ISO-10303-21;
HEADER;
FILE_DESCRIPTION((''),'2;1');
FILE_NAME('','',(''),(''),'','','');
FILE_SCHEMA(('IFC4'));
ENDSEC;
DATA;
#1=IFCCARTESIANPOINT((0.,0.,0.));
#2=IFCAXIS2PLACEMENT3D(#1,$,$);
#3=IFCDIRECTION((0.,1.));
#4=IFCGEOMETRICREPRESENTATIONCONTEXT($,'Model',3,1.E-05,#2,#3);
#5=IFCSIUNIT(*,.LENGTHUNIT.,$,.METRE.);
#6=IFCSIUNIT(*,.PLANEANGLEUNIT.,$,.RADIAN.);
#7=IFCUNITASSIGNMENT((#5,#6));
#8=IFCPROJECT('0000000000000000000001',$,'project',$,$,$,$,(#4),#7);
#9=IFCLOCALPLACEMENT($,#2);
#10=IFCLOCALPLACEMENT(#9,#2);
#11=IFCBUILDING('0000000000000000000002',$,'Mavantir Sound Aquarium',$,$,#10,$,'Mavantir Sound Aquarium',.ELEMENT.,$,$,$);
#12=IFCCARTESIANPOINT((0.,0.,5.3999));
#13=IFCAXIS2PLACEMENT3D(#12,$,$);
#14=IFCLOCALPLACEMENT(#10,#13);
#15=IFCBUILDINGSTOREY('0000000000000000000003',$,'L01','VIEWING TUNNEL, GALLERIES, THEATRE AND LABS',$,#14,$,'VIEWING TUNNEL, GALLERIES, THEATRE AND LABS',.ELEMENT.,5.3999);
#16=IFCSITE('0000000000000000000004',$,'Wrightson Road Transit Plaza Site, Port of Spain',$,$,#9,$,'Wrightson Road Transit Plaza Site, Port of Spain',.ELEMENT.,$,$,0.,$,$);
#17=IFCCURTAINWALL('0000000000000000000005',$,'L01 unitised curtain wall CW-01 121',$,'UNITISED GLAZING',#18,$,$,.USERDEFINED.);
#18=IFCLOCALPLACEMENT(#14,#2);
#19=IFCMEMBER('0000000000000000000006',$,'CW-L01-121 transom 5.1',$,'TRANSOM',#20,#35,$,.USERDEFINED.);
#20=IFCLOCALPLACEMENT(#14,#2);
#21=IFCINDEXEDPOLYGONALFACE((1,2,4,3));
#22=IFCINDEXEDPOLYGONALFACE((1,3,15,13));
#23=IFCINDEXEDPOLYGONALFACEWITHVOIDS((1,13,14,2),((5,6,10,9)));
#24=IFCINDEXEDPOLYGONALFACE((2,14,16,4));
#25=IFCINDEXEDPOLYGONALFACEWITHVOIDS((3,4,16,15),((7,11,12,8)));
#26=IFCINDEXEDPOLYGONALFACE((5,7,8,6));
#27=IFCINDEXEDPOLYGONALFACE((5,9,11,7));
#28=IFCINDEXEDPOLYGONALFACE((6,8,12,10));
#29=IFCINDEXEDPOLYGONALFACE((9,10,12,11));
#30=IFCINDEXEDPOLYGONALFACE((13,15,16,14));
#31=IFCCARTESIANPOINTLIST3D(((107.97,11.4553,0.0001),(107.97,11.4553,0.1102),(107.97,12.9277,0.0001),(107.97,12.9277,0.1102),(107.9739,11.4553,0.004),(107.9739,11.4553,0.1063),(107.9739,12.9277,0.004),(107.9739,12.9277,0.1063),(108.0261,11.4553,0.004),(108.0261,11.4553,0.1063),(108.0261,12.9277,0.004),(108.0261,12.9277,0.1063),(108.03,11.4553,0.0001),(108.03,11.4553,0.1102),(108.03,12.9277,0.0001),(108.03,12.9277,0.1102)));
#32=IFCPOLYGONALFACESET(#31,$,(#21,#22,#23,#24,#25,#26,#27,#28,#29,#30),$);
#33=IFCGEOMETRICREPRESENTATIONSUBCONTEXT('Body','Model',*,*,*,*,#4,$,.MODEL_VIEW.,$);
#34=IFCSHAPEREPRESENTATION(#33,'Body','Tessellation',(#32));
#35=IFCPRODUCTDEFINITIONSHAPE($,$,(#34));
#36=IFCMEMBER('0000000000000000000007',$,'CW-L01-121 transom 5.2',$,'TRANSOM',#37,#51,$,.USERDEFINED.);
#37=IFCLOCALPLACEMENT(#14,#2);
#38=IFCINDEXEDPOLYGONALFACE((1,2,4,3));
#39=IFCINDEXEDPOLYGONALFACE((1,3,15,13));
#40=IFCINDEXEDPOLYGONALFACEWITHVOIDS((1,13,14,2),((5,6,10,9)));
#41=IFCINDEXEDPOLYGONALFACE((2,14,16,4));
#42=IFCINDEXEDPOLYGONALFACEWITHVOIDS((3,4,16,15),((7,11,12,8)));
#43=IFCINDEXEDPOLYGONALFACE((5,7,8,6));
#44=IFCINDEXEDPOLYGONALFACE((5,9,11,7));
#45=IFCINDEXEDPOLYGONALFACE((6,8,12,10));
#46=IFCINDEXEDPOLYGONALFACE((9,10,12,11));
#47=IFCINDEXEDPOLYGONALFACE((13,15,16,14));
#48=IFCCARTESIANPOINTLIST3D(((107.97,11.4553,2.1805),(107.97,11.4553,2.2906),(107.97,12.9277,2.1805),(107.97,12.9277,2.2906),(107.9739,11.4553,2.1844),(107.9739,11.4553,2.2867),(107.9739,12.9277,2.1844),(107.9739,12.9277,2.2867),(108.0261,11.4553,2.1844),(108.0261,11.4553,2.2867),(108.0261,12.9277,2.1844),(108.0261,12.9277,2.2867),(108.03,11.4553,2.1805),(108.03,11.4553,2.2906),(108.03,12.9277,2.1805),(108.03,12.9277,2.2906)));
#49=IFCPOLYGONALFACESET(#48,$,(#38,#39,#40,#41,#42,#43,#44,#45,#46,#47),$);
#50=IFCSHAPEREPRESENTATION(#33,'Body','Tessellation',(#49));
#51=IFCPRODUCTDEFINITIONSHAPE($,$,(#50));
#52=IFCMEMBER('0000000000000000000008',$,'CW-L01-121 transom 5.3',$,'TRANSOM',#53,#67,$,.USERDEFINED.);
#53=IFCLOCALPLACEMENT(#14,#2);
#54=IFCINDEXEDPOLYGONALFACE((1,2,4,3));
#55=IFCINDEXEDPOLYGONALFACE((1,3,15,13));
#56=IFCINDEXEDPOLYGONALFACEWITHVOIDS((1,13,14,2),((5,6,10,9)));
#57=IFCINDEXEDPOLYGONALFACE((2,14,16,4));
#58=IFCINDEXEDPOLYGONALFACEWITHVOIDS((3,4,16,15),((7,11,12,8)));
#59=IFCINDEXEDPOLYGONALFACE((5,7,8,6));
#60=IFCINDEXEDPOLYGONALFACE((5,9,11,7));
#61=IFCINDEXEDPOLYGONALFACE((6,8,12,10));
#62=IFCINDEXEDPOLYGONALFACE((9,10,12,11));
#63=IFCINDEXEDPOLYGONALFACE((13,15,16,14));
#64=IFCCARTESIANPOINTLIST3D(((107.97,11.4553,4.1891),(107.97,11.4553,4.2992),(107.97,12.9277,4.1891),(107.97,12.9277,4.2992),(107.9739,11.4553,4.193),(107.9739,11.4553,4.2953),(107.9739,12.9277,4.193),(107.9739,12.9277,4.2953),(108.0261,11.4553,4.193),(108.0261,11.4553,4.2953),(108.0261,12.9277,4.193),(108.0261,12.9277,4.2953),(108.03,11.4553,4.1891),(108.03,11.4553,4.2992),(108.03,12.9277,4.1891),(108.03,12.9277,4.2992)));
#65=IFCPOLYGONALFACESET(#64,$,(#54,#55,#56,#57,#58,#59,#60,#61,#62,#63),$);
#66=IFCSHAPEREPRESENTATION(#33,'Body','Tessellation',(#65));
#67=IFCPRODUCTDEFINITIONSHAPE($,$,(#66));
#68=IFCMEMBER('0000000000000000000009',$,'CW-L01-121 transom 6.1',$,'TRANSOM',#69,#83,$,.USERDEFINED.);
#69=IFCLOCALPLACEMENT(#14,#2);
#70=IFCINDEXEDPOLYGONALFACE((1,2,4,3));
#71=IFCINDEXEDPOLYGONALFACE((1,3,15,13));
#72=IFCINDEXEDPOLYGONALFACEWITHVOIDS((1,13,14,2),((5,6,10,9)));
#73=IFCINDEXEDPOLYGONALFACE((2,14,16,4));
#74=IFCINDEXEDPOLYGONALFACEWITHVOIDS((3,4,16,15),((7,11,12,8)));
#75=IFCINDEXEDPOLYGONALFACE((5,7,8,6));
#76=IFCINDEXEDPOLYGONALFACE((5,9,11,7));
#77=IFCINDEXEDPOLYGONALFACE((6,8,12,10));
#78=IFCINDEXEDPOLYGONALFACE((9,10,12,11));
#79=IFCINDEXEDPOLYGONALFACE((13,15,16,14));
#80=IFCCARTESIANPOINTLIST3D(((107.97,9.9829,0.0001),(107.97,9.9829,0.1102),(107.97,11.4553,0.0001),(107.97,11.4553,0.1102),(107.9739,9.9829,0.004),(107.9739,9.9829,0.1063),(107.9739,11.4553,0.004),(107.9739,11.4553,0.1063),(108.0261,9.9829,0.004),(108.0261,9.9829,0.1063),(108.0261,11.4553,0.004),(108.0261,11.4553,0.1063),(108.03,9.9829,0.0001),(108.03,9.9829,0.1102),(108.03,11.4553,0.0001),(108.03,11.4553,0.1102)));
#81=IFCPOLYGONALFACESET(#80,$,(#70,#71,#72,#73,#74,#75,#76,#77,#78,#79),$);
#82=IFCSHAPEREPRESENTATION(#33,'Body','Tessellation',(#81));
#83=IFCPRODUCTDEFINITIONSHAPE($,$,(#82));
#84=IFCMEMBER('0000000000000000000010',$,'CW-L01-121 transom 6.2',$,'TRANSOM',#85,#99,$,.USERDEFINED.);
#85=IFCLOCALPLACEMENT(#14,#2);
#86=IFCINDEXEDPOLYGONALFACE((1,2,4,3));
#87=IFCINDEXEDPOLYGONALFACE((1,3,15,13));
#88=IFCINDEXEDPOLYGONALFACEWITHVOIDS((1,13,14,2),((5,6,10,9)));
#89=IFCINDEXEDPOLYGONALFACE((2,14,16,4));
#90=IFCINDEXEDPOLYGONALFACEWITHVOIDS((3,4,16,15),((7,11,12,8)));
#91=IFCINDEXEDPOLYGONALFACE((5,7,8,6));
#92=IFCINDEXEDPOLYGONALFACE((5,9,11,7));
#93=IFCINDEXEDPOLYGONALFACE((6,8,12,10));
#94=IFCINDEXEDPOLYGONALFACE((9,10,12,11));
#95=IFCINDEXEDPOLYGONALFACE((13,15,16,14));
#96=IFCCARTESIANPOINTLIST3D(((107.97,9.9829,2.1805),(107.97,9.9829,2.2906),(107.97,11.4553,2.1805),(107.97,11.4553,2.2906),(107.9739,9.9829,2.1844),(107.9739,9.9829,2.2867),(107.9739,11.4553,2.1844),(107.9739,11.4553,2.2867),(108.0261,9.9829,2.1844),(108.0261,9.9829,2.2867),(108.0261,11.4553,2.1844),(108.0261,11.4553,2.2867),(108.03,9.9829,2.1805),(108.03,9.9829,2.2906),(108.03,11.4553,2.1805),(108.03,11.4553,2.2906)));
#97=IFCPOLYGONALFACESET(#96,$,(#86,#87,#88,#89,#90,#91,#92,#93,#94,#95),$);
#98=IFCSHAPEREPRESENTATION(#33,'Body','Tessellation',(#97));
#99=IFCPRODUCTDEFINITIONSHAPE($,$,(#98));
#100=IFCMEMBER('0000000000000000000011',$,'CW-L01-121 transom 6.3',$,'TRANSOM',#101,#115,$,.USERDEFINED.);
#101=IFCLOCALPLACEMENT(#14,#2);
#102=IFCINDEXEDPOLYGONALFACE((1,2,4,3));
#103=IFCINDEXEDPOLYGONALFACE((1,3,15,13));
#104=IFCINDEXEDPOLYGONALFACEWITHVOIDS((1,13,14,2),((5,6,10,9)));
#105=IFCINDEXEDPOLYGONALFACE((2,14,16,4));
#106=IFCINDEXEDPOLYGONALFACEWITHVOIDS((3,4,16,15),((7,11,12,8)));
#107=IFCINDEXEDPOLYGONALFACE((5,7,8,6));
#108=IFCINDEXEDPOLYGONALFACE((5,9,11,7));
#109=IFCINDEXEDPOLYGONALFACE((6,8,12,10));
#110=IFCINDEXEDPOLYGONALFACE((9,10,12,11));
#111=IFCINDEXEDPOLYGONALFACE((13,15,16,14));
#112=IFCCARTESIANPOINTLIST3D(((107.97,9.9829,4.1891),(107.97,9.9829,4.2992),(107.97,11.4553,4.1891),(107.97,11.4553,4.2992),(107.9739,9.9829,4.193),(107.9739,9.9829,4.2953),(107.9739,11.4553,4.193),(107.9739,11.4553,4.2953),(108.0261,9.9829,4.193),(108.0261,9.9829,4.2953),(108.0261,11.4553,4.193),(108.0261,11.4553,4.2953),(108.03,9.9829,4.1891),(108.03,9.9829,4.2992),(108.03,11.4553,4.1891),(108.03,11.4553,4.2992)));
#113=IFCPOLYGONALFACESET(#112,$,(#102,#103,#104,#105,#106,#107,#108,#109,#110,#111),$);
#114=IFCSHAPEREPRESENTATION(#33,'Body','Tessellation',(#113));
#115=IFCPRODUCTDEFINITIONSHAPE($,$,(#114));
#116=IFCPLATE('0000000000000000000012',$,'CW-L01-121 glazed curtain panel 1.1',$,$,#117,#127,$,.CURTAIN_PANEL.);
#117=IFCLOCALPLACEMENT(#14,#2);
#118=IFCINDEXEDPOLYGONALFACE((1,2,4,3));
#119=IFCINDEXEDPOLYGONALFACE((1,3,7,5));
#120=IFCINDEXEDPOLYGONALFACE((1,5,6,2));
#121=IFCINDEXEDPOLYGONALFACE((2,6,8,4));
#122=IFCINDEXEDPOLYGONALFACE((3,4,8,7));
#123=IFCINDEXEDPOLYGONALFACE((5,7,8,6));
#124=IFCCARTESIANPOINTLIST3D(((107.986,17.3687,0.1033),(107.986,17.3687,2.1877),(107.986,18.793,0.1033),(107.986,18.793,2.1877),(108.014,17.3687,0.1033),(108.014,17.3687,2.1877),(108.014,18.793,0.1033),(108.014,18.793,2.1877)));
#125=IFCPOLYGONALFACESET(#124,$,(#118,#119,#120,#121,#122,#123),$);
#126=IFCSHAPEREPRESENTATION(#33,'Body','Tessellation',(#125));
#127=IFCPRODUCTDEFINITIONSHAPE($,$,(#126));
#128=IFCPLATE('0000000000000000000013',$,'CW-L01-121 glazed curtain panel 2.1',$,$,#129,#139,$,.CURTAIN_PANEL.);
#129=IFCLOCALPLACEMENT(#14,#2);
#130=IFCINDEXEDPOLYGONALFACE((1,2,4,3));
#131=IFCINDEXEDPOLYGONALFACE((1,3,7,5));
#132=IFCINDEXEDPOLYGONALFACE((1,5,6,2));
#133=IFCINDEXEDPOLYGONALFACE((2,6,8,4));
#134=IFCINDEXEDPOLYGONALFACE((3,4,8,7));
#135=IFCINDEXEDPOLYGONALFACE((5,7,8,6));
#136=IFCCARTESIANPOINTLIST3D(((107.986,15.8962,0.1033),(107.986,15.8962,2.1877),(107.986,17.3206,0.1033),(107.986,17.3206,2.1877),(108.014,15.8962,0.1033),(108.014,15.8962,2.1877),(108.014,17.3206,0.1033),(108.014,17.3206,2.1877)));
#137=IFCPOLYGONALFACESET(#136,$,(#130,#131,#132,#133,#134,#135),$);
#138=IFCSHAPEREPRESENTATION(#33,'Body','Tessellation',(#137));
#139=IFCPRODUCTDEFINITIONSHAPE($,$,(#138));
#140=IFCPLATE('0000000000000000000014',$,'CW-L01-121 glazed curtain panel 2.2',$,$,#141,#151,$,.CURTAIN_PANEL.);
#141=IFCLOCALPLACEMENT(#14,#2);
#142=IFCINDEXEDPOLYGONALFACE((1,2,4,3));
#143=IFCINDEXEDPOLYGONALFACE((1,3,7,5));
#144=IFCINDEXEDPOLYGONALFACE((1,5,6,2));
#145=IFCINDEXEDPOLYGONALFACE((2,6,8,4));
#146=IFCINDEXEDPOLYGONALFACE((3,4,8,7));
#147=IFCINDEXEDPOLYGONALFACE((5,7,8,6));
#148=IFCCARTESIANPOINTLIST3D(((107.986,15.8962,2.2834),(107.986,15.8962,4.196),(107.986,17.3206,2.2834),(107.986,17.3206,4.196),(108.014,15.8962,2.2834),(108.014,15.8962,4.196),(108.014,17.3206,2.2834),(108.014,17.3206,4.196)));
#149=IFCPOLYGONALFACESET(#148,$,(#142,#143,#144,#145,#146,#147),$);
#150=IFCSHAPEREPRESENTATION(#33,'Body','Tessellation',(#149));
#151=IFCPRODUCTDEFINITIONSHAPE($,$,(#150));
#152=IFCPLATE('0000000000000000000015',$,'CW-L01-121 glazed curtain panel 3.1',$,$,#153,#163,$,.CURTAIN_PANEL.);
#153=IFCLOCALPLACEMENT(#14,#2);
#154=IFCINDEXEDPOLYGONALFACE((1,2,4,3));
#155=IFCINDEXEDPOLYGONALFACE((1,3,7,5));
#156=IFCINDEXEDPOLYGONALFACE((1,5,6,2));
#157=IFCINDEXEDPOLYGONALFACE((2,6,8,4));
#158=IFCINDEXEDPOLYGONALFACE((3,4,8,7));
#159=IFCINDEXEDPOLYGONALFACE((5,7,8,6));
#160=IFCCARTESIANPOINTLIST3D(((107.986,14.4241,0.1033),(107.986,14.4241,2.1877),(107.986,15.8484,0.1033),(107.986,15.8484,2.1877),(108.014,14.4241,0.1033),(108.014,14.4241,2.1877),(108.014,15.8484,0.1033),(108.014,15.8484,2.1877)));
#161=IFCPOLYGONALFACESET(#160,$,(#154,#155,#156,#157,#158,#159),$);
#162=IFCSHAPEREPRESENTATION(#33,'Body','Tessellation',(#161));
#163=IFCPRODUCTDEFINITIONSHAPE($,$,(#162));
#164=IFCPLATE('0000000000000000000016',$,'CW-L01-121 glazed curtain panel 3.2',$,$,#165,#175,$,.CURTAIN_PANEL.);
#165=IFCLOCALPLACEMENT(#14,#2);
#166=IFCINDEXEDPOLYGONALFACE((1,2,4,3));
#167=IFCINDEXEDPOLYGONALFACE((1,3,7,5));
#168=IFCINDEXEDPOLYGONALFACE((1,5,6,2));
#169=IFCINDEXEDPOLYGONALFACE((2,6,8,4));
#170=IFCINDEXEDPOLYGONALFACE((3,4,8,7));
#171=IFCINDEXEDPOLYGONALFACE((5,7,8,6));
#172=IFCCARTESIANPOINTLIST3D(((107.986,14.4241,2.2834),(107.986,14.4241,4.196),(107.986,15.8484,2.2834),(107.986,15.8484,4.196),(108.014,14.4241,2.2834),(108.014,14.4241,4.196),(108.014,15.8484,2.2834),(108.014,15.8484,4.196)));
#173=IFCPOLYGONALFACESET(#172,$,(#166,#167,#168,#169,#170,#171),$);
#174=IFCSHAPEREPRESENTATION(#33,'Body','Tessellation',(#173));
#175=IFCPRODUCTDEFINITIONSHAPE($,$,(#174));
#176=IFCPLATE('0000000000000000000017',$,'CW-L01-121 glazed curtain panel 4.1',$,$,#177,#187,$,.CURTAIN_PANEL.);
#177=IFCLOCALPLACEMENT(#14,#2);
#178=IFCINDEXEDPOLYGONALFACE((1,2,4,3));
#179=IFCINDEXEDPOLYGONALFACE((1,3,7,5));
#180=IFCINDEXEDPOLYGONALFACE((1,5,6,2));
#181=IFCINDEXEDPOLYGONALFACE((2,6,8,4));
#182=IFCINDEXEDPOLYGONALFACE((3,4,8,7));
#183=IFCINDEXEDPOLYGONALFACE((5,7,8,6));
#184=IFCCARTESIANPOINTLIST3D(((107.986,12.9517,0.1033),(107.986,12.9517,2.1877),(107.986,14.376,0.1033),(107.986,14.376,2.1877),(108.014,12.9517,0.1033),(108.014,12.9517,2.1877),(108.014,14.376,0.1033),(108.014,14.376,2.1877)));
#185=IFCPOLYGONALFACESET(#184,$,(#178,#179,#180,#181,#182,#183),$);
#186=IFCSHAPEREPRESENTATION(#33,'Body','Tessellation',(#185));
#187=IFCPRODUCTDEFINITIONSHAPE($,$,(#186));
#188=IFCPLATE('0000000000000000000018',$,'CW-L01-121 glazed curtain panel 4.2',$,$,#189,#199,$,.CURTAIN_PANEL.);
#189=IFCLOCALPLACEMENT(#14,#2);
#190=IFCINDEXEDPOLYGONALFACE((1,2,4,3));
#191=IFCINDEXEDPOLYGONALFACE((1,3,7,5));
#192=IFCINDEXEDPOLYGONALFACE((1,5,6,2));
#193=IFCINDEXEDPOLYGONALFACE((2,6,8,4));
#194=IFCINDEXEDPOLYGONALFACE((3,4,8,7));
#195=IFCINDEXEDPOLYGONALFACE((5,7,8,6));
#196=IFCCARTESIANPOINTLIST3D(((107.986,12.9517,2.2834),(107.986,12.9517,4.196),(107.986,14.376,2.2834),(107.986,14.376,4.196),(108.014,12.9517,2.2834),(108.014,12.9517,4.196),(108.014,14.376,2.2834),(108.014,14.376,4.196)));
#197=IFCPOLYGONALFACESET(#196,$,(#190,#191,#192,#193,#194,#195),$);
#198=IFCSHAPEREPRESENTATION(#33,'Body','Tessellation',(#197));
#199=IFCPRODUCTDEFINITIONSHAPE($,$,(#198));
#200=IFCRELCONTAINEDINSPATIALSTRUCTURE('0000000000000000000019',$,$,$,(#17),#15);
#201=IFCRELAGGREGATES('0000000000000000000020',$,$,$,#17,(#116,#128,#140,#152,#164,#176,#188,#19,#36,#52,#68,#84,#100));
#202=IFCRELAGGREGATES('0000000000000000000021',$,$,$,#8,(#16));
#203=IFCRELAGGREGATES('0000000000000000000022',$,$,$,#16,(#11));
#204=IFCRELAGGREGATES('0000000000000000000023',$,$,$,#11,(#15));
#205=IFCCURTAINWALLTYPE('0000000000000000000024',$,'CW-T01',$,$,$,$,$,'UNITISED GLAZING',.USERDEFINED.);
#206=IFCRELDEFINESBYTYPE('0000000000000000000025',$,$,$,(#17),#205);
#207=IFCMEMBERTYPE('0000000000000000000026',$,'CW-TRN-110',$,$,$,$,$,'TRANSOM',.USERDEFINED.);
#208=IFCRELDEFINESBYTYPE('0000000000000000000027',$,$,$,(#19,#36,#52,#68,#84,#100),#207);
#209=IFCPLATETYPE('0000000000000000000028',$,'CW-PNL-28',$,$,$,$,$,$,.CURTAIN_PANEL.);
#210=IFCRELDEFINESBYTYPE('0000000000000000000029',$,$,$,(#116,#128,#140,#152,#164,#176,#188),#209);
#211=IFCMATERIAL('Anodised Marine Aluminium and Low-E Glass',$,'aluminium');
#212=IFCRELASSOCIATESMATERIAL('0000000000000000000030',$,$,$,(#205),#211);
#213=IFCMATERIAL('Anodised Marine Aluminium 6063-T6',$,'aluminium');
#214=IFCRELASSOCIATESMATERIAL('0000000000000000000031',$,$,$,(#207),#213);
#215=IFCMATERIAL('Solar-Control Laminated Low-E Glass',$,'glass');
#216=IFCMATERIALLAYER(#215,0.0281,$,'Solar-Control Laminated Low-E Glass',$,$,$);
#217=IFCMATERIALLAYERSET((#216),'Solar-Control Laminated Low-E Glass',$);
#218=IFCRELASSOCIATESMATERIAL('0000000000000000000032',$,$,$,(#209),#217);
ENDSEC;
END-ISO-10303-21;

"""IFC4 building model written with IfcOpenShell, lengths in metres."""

from ifc_helpers import new_model, si_unit, direction, frame, origin, origin_2d, place, context, subcontext, project, spatial, rectangle, hollow_rectangle, extrude, material, layer, layer_set, material_profile, profile_set, type_object, element, aggregate, save


model = new_model("IFC4")

# Units and contexts
model_context = context("Model", 3, precision=1e-05, world=origin(), true_north=direction((0.0, 1.0)))
body_context = subcontext(model_context, "Body", "Model", "MODEL_VIEW")
ifc_project = project(units=[si_unit("LENGTHUNIT", "METRE"), si_unit("PLANEANGLEUNIT", "RADIAN")], contexts=[model_context])

# Site, building, storey
site_placement = place(None, origin())
site = spatial("IfcSite", under=ifc_project, at=site_placement, Name="Wrightson Road Transit Plaza Site, Port of Spain", LongName="Wrightson Road Transit Plaza Site, Port of Spain", CompositionType="ELEMENT", RefElevation=0.0)
building_placement = place(site_placement, origin())
building = spatial("IfcBuilding", under=site, at=building_placement, Name="Mavantir Sound Aquarium", LongName="Mavantir Sound Aquarium", CompositionType="ELEMENT")
storey_placement = place(building_placement, frame((0.0, 0.0, 5.3999)))
storey = spatial("IfcBuildingStorey", under=building, at=storey_placement, Name="L01", Description="VIEWING TUNNEL, GALLERIES, THEATRE AND LABS", LongName="VIEWING TUNNEL, GALLERIES, THEATRE AND LABS", CompositionType="ELEMENT", Elevation=5.3999)

# Curtain wall, members, plates
ifc_material_1 = material(Name="Anodised Marine Aluminium and Low-E Glass", Category="aluminium")
curtain_wall_type = type_object("IfcCurtainWallType", Name="CW-T01", ElementType="UNITISED GLAZING", PredefinedType="USERDEFINED", material=ifc_material_1)
curtain_wall_placement = place(storey_placement, origin())
curtain_wall = element("IfcCurtainWall", 1, at=curtain_wall_placement, inside=storey, type_object=curtain_wall_type, Name="L01 unitised curtain wall CW-01 121", ObjectType="UNITISED GLAZING", PredefinedType="USERDEFINED")
ifc_material_2 = material(Name="Anodised Marine Aluminium 6063-T6", Category="aluminium")
ifc_material_profile_1 = material_profile(ifc_material_2, hollow_rectangle(XDim=0.0601, YDim=0.1101, WallThickness=0.0039, at=origin_2d()), Name="ALU-TRANSOM-110X60")
ifc_profile_set_1 = profile_set([ifc_material_profile_1], Name="Anodised Marine Aluminium 6063-T6")
member_type_1 = type_object("IfcMemberType", Name="CW-TRN-110", ElementType="TRANSOM", PredefinedType="USERDEFINED", material=ifc_profile_set_1)
member_1_placement = place(storey_placement, frame((108.0, 12.9277, 0.0552), z_axis=(0.0, -1.0, 0.0), x_axis=(1.0, 0.0, 0.0)))
member_1 = element("IfcMember", 2, at=member_1_placement, type_object=member_type_1, Name="CW-L01-121 transom 5.1", ObjectType="TRANSOM", PredefinedType="USERDEFINED", context=body_context, shape_type="SweptSolid", body=[
    extrude(hollow_rectangle(XDim=0.0601, YDim=0.1101, WallThickness=0.0039, at=origin_2d()), origin(), (0.0, 0.0, 1.0), 1.4724),
])
member_2_placement = place(storey_placement, frame((108.0, 12.9277, 2.2356), z_axis=(0.0, -1.0, 0.0), x_axis=(1.0, 0.0, 0.0)))
member_2 = element("IfcMember", 3, at=member_2_placement, type_object=member_type_1, Name="CW-L01-121 transom 5.2", ObjectType="TRANSOM", PredefinedType="USERDEFINED", context=body_context, shape_type="SweptSolid", body=[
    extrude(hollow_rectangle(XDim=0.0601, YDim=0.1101, WallThickness=0.0039, at=origin_2d()), origin(), (0.0, 0.0, 1.0), 1.4724),
])
member_3_placement = place(storey_placement, frame((108.0, 12.9277, 4.2441), z_axis=(0.0, -1.0, 0.0), x_axis=(1.0, 0.0, 0.0)))
member_3 = element("IfcMember", 4, at=member_3_placement, type_object=member_type_1, Name="CW-L01-121 transom 5.3", ObjectType="TRANSOM", PredefinedType="USERDEFINED", context=body_context, shape_type="SweptSolid", body=[
    extrude(hollow_rectangle(XDim=0.0601, YDim=0.1101, WallThickness=0.0039, at=origin_2d()), origin(), (0.0, 0.0, 1.0), 1.4724),
])
member_4_placement = place(storey_placement, frame((108.0, 11.4553, 0.0552), z_axis=(0.0, -1.0, 0.0), x_axis=(1.0, 0.0, 0.0)))
member_4 = element("IfcMember", 5, at=member_4_placement, type_object=member_type_1, Name="CW-L01-121 transom 6.1", ObjectType="TRANSOM", PredefinedType="USERDEFINED", context=body_context, shape_type="SweptSolid", body=[
    extrude(hollow_rectangle(XDim=0.0601, YDim=0.1101, WallThickness=0.0039, at=origin_2d()), origin(), (0.0, 0.0, 1.0), 1.4724),
])
member_5_placement = place(storey_placement, frame((108.0, 11.4553, 2.2356), z_axis=(0.0, -1.0, 0.0), x_axis=(1.0, 0.0, 0.0)))
member_5 = element("IfcMember", 6, at=member_5_placement, type_object=member_type_1, Name="CW-L01-121 transom 6.2", ObjectType="TRANSOM", PredefinedType="USERDEFINED", context=body_context, shape_type="SweptSolid", body=[
    extrude(hollow_rectangle(XDim=0.0601, YDim=0.1101, WallThickness=0.0039, at=origin_2d()), origin(), (0.0, 0.0, 1.0), 1.4724),
])
member_6_placement = place(storey_placement, frame((108.0, 11.4553, 4.2441), z_axis=(0.0, -1.0, 0.0), x_axis=(1.0, 0.0, 0.0)))
member_6 = element("IfcMember", 7, at=member_6_placement, type_object=member_type_1, Name="CW-L01-121 transom 6.3", ObjectType="TRANSOM", PredefinedType="USERDEFINED", context=body_context, shape_type="SweptSolid", body=[
    extrude(hollow_rectangle(XDim=0.0601, YDim=0.1101, WallThickness=0.0039, at=origin_2d()), origin(), (0.0, 0.0, 1.0), 1.4724),
])
ifc_material_3 = material(Name="Solar-Control Laminated Low-E Glass", Category="glass")
ifc_layer = layer(ifc_material_3, 0.0281, Name="Solar-Control Laminated Low-E Glass")
ifc_layer_set = layer_set([ifc_layer], Name="Solar-Control Laminated Low-E Glass")
plate_type = type_object("IfcPlateType", Name="CW-PNL-28", PredefinedType="CURTAIN_PANEL", material=ifc_layer_set)
plate_1_placement = place(storey_placement, frame((108.0, 18.0808, 0.1033), z_axis=(0.0, 0.0, 1.0), x_axis=(0.0, -1.0, 0.0)))
plate_1 = element("IfcPlate", 8, at=plate_1_placement, type_object=plate_type, Name="CW-L01-121 glazed curtain panel 1.1", PredefinedType="CURTAIN_PANEL", context=body_context, shape_type="SweptSolid", body=[
    extrude(rectangle(XDim=1.4243, YDim=0.0281, at=origin_2d()), origin(), (0.0, 0.0, 1.0), 2.0845),
])
plate_2_placement = place(storey_placement, frame((108.0, 16.6084, 0.1033), z_axis=(0.0, 0.0, 1.0), x_axis=(0.0, -1.0, 0.0)))
plate_2 = element("IfcPlate", 9, at=plate_2_placement, type_object=plate_type, Name="CW-L01-121 glazed curtain panel 2.1", PredefinedType="CURTAIN_PANEL", context=body_context, shape_type="SweptSolid", body=[
    extrude(rectangle(XDim=1.4243, YDim=0.0281, at=origin_2d()), origin(), (0.0, 0.0, 1.0), 2.0845),
])
plate_3_placement = place(storey_placement, frame((108.0, 16.6084, 2.2834), z_axis=(0.0, 0.0, 1.0), x_axis=(0.0, -1.0, 0.0)))
plate_3 = element("IfcPlate", 10, at=plate_3_placement, type_object=plate_type, Name="CW-L01-121 glazed curtain panel 2.2", PredefinedType="CURTAIN_PANEL", context=body_context, shape_type="SweptSolid", body=[
    extrude(rectangle(XDim=1.4243, YDim=0.0281, at=origin_2d()), origin(), (0.0, 0.0, 1.0), 1.9126),
])
plate_4_placement = place(storey_placement, frame((108.0, 15.1362, 0.1033), z_axis=(0.0, 0.0, 1.0), x_axis=(0.0, -1.0, 0.0)))
plate_4 = element("IfcPlate", 11, at=plate_4_placement, type_object=plate_type, Name="CW-L01-121 glazed curtain panel 3.1", PredefinedType="CURTAIN_PANEL", context=body_context, shape_type="SweptSolid", body=[
    extrude(rectangle(XDim=1.4243, YDim=0.0281, at=origin_2d()), origin(), (0.0, 0.0, 1.0), 2.0845),
])
plate_5_placement = place(storey_placement, frame((108.0, 15.1362, 2.2834), z_axis=(0.0, 0.0, 1.0), x_axis=(0.0, -1.0, 0.0)))
plate_5 = element("IfcPlate", 12, at=plate_5_placement, type_object=plate_type, Name="CW-L01-121 glazed curtain panel 3.2", PredefinedType="CURTAIN_PANEL", context=body_context, shape_type="SweptSolid", body=[
    extrude(rectangle(XDim=1.4243, YDim=0.0281, at=origin_2d()), origin(), (0.0, 0.0, 1.0), 1.9126),
])
plate_6_placement = place(storey_placement, frame((108.0, 13.6638, 0.1033), z_axis=(0.0, 0.0, 1.0), x_axis=(0.0, -1.0, 0.0)))
plate_6 = element("IfcPlate", 13, at=plate_6_placement, type_object=plate_type, Name="CW-L01-121 glazed curtain panel 4.1", PredefinedType="CURTAIN_PANEL", context=body_context, shape_type="SweptSolid", body=[
    extrude(rectangle(XDim=1.4243, YDim=0.0281, at=origin_2d()), origin(), (0.0, 0.0, 1.0), 2.0845),
])
plate_7_placement = place(storey_placement, frame((108.0, 13.6638, 2.2834), z_axis=(0.0, 0.0, 1.0), x_axis=(0.0, -1.0, 0.0)))
plate_7 = element("IfcPlate", 14, at=plate_7_placement, type_object=plate_type, Name="CW-L01-121 glazed curtain panel 4.2", PredefinedType="CURTAIN_PANEL", context=body_context, shape_type="SweptSolid", body=[
    extrude(rectangle(XDim=1.4243, YDim=0.0281, at=origin_2d()), origin(), (0.0, 0.0, 1.0), 1.9126),
])
aggregate(curtain_wall, [plate_1, plate_2, plate_3, plate_4, plate_5, plate_6, plate_7, member_1, member_2, member_3, member_4, member_5, member_6])

save(model, "model.ifc")
